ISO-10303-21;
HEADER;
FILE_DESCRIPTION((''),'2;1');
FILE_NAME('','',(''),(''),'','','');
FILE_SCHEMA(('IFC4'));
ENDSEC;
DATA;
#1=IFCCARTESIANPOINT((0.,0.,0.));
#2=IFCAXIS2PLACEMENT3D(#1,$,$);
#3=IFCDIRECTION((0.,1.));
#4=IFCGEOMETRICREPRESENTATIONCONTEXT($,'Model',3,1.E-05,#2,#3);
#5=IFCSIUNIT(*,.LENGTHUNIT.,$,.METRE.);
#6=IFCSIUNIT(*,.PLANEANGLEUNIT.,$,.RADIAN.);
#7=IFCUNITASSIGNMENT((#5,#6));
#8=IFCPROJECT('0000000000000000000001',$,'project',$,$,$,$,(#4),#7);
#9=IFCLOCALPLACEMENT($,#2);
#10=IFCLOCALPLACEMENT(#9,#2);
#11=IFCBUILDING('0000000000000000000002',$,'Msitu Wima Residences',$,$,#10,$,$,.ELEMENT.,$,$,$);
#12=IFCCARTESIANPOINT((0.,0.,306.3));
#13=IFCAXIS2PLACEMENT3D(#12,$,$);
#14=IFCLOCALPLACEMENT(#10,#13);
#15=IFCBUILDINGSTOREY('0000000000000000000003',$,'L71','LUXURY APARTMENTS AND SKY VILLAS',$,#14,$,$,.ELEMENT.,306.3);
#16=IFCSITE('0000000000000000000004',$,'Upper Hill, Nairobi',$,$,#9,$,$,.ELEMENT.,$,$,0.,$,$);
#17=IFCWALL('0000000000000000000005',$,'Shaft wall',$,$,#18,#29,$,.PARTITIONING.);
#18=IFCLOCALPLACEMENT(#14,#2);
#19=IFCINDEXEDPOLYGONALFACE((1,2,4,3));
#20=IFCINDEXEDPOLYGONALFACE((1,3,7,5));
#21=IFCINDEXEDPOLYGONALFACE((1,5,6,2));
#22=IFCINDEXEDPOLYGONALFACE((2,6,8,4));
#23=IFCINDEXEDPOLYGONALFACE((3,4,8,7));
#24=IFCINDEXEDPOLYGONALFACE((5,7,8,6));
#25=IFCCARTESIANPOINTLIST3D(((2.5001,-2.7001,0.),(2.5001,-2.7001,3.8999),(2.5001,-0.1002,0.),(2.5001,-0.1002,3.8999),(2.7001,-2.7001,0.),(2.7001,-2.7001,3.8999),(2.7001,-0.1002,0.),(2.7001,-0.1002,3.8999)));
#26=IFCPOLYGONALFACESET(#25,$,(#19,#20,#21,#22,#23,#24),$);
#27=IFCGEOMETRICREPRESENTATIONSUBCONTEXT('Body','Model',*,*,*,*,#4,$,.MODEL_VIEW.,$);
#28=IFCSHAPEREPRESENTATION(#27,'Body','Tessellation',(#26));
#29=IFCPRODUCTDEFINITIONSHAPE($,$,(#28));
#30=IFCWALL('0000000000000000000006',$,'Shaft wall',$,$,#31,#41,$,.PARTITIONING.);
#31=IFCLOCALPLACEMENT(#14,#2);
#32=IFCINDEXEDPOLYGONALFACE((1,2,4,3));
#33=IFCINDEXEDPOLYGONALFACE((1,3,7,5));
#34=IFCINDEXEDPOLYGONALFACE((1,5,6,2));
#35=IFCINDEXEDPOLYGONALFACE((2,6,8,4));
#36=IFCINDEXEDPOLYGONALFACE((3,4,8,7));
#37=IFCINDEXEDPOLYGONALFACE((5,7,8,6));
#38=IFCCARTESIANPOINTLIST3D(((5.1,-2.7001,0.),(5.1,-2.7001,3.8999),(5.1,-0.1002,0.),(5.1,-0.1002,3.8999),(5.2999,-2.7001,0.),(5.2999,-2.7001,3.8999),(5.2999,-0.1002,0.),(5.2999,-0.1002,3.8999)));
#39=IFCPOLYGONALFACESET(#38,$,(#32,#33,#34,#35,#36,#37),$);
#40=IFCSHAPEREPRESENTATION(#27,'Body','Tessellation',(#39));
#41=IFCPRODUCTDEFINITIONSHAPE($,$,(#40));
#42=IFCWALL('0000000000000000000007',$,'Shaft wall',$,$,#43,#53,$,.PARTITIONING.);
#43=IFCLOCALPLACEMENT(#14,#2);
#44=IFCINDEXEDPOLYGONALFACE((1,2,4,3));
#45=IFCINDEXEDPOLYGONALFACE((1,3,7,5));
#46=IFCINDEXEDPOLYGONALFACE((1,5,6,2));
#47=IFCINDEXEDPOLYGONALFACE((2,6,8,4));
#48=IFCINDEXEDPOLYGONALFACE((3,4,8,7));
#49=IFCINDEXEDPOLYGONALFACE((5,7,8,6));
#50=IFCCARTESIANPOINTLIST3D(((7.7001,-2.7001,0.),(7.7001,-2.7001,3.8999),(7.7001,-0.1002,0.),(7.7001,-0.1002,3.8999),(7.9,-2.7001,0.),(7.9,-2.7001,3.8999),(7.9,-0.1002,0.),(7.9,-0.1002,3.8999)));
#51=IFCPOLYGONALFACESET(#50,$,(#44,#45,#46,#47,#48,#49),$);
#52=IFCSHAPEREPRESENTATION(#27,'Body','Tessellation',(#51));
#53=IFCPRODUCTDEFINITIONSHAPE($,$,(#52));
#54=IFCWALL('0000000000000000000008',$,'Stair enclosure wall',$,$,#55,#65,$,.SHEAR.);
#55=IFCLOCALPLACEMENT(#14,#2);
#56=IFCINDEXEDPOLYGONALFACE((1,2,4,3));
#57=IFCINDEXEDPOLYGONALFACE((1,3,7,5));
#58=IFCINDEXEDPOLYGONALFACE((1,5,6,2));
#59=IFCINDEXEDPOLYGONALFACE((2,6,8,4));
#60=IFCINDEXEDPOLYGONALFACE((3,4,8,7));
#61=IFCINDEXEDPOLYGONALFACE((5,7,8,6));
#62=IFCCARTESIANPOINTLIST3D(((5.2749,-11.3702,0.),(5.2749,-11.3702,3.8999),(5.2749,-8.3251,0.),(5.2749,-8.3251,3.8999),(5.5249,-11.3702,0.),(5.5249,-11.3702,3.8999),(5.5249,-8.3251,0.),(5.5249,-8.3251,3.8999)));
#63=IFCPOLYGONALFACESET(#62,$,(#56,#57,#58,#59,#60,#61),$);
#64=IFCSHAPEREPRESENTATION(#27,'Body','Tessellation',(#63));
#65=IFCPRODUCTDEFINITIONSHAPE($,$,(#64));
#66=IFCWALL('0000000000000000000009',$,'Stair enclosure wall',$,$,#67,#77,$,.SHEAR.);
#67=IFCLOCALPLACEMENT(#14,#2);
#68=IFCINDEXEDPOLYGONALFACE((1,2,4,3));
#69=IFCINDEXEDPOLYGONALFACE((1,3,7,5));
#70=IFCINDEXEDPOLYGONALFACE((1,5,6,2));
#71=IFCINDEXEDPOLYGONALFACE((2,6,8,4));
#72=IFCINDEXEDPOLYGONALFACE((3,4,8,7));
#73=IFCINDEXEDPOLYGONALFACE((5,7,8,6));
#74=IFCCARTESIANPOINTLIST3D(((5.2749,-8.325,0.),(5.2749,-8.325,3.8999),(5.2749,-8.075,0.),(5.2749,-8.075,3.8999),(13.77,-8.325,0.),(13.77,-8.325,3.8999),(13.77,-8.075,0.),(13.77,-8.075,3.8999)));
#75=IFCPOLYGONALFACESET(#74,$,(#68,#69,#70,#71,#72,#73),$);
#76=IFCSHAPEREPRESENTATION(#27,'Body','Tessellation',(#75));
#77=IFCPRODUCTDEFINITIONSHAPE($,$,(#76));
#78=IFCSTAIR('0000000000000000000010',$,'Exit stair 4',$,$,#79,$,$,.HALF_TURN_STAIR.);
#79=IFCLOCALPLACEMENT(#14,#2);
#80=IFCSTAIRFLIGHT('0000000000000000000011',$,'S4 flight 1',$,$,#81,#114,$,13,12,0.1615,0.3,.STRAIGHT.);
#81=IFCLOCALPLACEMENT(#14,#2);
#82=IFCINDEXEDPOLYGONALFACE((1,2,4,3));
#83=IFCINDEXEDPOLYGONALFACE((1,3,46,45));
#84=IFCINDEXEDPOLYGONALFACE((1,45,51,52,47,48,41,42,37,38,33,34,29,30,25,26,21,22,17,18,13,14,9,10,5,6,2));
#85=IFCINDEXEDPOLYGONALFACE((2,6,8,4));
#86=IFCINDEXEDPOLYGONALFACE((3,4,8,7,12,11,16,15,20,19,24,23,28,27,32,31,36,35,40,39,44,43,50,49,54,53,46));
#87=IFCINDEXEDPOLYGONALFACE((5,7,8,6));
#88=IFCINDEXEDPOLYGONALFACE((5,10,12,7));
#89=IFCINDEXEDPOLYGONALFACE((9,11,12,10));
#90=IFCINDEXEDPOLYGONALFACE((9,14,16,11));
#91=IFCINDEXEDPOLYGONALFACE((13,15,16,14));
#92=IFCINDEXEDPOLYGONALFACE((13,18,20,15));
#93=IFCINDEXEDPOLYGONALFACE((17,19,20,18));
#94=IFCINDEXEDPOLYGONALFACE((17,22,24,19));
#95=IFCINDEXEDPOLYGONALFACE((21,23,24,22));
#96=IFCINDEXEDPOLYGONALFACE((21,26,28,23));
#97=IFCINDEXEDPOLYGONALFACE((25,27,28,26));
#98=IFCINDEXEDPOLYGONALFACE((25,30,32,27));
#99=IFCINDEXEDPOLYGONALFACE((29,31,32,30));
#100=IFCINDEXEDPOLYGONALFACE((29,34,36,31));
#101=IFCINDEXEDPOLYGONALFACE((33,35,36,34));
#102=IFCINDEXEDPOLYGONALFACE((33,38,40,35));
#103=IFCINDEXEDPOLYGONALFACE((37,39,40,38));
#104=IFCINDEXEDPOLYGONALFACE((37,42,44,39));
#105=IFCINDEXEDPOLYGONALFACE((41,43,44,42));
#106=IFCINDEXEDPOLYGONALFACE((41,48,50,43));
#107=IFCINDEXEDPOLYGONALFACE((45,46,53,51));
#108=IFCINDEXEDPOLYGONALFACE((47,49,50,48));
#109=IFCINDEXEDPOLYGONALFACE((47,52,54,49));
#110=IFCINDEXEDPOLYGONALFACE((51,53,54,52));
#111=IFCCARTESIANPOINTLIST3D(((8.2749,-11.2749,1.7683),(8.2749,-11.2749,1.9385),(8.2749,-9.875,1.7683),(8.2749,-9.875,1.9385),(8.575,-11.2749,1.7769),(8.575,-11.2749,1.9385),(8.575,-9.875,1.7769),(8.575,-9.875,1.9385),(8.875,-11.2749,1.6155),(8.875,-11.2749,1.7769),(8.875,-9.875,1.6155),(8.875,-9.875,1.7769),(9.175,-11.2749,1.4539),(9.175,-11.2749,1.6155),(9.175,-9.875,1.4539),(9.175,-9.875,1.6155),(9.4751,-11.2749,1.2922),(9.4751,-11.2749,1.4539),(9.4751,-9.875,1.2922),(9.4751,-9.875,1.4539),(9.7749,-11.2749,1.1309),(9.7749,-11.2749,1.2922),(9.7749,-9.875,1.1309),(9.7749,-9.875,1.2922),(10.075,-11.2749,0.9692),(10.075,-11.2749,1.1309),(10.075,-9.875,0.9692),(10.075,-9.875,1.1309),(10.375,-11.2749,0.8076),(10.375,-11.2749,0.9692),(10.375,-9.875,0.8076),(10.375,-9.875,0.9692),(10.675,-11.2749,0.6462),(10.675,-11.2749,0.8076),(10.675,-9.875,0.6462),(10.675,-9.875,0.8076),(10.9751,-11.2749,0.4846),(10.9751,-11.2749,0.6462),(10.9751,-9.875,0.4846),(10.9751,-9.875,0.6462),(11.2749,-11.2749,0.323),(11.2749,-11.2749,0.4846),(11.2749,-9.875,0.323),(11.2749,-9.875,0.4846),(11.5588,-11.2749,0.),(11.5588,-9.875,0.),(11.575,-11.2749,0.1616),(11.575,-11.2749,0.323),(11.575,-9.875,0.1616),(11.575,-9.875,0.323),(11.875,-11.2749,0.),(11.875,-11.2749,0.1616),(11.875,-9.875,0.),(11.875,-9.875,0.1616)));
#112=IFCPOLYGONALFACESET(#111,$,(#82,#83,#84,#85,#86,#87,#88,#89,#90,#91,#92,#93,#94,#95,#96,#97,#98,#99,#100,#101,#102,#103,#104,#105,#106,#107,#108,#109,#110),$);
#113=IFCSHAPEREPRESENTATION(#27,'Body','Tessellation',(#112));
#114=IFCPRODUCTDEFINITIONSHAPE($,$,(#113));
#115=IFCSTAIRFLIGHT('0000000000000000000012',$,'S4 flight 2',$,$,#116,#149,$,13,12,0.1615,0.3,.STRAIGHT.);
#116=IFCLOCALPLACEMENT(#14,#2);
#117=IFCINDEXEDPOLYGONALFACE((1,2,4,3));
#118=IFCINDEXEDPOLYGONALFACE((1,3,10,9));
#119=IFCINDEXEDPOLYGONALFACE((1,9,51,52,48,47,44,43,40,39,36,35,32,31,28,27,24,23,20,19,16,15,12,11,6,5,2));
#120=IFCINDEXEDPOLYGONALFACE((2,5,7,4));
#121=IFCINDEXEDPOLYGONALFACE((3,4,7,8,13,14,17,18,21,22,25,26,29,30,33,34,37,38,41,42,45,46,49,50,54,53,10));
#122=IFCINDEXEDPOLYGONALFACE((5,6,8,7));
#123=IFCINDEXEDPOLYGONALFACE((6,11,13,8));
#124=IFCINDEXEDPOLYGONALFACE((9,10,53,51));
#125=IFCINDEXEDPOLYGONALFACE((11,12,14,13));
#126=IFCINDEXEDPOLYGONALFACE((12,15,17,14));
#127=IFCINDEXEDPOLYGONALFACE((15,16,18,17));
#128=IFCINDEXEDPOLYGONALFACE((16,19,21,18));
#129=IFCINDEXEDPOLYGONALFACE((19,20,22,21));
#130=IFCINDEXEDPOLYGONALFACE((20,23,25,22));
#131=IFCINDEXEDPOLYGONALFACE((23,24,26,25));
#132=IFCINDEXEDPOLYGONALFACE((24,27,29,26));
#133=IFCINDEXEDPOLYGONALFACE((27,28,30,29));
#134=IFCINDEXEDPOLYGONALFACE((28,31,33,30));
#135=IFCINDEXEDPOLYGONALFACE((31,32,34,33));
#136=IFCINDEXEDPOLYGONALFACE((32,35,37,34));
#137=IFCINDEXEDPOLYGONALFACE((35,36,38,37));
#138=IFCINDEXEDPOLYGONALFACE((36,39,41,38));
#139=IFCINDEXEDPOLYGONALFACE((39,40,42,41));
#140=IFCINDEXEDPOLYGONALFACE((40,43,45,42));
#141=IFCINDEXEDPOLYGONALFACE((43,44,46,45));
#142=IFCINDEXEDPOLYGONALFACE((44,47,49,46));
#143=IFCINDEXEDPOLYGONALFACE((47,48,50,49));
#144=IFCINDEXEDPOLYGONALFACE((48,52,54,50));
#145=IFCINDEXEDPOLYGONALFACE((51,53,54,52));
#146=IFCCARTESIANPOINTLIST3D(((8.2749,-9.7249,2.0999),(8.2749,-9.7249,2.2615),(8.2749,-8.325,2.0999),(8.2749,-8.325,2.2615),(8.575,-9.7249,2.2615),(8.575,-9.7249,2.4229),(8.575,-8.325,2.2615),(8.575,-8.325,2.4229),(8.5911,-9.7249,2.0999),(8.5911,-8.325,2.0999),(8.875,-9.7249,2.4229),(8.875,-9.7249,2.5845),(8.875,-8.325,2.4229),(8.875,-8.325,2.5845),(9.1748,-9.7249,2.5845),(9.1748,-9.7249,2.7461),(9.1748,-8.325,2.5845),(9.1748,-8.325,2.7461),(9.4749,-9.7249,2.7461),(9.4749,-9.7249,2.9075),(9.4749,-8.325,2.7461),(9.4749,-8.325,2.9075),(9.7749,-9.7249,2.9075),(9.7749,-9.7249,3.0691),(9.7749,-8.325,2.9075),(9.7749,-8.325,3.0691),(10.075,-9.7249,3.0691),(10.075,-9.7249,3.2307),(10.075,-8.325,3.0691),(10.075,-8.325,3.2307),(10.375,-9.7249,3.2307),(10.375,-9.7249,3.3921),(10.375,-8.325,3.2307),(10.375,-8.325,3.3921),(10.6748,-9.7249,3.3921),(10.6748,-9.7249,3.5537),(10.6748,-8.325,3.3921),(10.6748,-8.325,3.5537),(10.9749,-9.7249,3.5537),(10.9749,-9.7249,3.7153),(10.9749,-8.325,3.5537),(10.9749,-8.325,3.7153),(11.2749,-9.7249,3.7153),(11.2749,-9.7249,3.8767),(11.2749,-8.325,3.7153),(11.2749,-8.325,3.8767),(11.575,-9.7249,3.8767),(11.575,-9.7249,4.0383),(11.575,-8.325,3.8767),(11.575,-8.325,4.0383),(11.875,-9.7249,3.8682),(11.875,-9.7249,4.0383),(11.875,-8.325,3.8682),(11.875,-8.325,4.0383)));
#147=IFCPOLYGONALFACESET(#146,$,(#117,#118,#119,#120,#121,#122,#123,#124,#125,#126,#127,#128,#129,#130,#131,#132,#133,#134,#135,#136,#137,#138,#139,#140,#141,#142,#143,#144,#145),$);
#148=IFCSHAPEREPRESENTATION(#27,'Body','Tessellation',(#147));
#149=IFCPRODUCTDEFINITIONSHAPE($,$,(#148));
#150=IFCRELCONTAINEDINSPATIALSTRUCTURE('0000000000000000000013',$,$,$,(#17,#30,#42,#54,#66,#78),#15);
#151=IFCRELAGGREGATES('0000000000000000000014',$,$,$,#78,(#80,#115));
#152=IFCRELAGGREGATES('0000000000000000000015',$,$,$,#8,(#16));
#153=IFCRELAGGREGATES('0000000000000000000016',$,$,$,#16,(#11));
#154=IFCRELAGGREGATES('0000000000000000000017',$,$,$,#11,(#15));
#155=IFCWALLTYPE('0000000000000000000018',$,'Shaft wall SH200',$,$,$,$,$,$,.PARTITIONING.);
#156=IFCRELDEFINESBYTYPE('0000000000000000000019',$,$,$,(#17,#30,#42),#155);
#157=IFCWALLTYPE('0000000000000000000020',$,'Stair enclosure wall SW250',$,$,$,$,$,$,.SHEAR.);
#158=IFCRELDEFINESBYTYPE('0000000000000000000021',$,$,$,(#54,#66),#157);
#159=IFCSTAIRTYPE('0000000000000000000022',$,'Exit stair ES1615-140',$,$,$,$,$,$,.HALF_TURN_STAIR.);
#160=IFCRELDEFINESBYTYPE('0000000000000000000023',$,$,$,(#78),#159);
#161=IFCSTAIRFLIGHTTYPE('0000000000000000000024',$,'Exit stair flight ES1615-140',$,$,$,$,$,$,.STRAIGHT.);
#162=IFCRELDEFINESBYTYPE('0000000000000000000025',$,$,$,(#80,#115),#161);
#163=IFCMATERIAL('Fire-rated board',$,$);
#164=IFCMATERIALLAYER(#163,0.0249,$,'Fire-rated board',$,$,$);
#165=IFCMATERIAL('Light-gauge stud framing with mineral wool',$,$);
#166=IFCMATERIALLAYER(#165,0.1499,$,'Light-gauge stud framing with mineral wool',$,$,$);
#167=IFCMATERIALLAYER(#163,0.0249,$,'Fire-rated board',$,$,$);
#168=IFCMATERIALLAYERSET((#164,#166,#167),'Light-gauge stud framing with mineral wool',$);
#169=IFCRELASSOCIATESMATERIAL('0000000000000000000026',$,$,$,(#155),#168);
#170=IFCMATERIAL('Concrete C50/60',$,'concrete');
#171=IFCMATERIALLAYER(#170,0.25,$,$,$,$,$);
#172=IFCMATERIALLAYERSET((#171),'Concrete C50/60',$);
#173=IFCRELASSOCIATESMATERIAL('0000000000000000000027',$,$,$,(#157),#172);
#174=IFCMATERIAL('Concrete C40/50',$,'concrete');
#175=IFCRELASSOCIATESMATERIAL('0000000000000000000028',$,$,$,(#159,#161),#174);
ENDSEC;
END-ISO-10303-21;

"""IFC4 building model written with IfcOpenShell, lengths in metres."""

from ifc_helpers import new_model, si_unit, direction, frame, frame_2d, origin, place, context, subcontext, project, spatial, polyline, rectangle, outline, extrude, material, layer, layer_set, type_object, element, aggregate, save


model = new_model("IFC4")

# Units and contexts
model_context = context("Model", 3, precision=1e-05, world=origin(), true_north=direction((0.0, 1.0)))
body_context = subcontext(model_context, "Body", "Model", "MODEL_VIEW")
ifc_project = project(units=[si_unit("LENGTHUNIT", "METRE"), si_unit("PLANEANGLEUNIT", "RADIAN")], contexts=[model_context])

# Site, building, storey
site_placement = place(None, origin())
site = spatial("IfcSite", under=ifc_project, at=site_placement, Name="Upper Hill, Nairobi", CompositionType="ELEMENT", RefElevation=0.0)
building_placement = place(site_placement, origin())
building = spatial("IfcBuilding", under=site, at=building_placement, Name="Msitu Wima Residences", CompositionType="ELEMENT")
storey_placement = place(building_placement, frame((0.0, 0.0, 306.3)))
storey = spatial("IfcBuildingStorey", under=building, at=storey_placement, Name="L71", Description="LUXURY APARTMENTS AND SKY VILLAS", CompositionType="ELEMENT", Elevation=306.3)

# Shared definitions
ifc_material_1 = material(Name="Concrete C40/50", Category="concrete")

# Walls
ifc_material_2 = material(Name="Fire-rated board")
ifc_layer_1 = layer(ifc_material_2, 0.0249, Name="Fire-rated board")
ifc_material_3 = material(Name="Light-gauge stud framing with mineral wool")
ifc_layer_2 = layer(ifc_material_3, 0.1499, Name="Light-gauge stud framing with mineral wool")
ifc_layer_3 = layer(ifc_material_2, 0.0249, Name="Fire-rated board")
ifc_layer_set_1 = layer_set([ifc_layer_1, ifc_layer_2, ifc_layer_3], Name="Light-gauge stud framing with mineral wool")
wall_type_1 = type_object("IfcWallType", Name="Shaft wall SH200", PredefinedType="PARTITIONING", material=ifc_layer_set_1)
for number, where, z_axis, x_axis, name in (
    (1, (2.6001, -2.7, 0.0), (0.0, 0.0, 1.0), (0.0, 1.0, 0.0), "Shaft wall"),
    (2, (5.2, -2.7, 0.0), (0.0, 0.0, 1.0), (0.0, 1.0, 0.0), "Shaft wall"),
    (3, (7.8, -2.7, 0.0), (0.0, 0.0, 1.0), (0.0, 1.0, 0.0), "Shaft wall"),
):
    element("IfcWall", number, at=place(storey_placement, frame(where, z_axis=z_axis, x_axis=x_axis)), inside=storey, type_object=wall_type_1, Name=name, PredefinedType="PARTITIONING", context=body_context, shape_type="SweptSolid", body=[
        extrude(rectangle(XDim=2.5999, YDim=0.2, at=frame_2d((1.2998, 0.0))), origin(), (0.0, 0.0, 1.0), 3.8999),
    ])
ifc_material_4 = material(Name="Concrete C50/60", Category="concrete")
ifc_layer_4 = layer(ifc_material_4, 0.25)
ifc_layer_set_2 = layer_set([ifc_layer_4], Name="Concrete C50/60")
wall_type_2 = type_object("IfcWallType", Name="Stair enclosure wall SW250", PredefinedType="SHEAR", material=ifc_layer_set_2)
wall_1_placement = place(storey_placement, frame((5.3999, -11.3701, 0.0), z_axis=(0.0, 0.0, 1.0), x_axis=(0.0, 1.0, 0.0)))
element("IfcWall", 4, at=wall_1_placement, inside=storey, type_object=wall_type_2, Name="Stair enclosure wall", PredefinedType="SHEAR", context=body_context, shape_type="SweptSolid", body=[
    extrude(rectangle(XDim=3.0452, YDim=0.25, at=frame_2d((1.5225, 0.0))), origin(), (0.0, 0.0, 1.0), 3.8999),
])
wall_2_placement = place(storey_placement, frame((5.2749, -8.2, 0.0), z_axis=(0.0, 0.0, 1.0), x_axis=(1.0, 0.0, 0.0)))
element("IfcWall", 5, at=wall_2_placement, inside=storey, type_object=wall_type_2, Name="Stair enclosure wall", PredefinedType="SHEAR", context=body_context, shape_type="SweptSolid", body=[
    extrude(rectangle(XDim=8.4951, YDim=0.25, at=frame_2d((4.2476, 0.0))), origin(), (0.0, 0.0, 1.0), 3.8999),
])

# Stair, stair flights
stair_type = type_object("IfcStairType", Name="Exit stair ES1615-140", PredefinedType="HALF_TURN_STAIR", material=ifc_material_1)
stair_placement = place(storey_placement, origin())
stair = element("IfcStair", 6, at=stair_placement, inside=storey, type_object=stair_type, Name="Exit stair 4", PredefinedType="HALF_TURN_STAIR")
stair_flight_type = type_object("IfcStairFlightType", Name="Exit stair flight ES1615-140", PredefinedType="STRAIGHT", material=ifc_material_1)
stair_flight_1_placement = place(storey_placement, frame((11.875, -10.575, 0.0), z_axis=(0.0, 0.0, 1.0), x_axis=(-1.0, 0.0, 0.0)))
stair_flight_1 = element("IfcStairFlight", 7, at=stair_flight_1_placement, type_object=stair_flight_type, Name="S4 flight 1", NumberOfRisers=13, NumberOfTreads=12, PredefinedType="STRAIGHT", RiserHeight=0.1615, TreadLength=0.3, context=body_context, shape_type="SweptSolid", body=[
    extrude(outline(polyline([(0.0, 0.0), (0.0, 0.1616), (0.3, 0.1616), (0.3, 0.323), (0.6001, 0.323), (0.6001, 0.4846), (0.8999, 0.4846), (0.8999, 0.6462), (1.2, 0.6462), (1.2, 0.8076), (1.5, 0.8076), (1.5, 0.9692), (1.8, 0.9692), (1.8, 1.1309), (2.1001, 1.1309), (2.1001, 1.2922), (2.3999, 1.2922), (2.3999, 1.4539), (2.7, 1.4539), (2.7, 1.6155), (3.0, 1.6155), (3.0, 1.7769), (3.3, 1.7769), (3.3, 1.9385), (3.6001, 1.9385), (3.6001, 2.1001), (3.6001, 1.7683), (0.3162, 0.0), (0.0, 0.0)])), frame((0.0, 0.7, 0.0), z_axis=(0.0, -1.0, 0.0), x_axis=(1.0, 0.0, 0.0)), (0.0, 0.0, 1.0), 1.3999),
])
stair_flight_2_placement = place(storey_placement, frame((8.2749, -9.0249, 2.0999), z_axis=(0.0, 0.0, 1.0), x_axis=(1.0, 0.0, 0.0)))
stair_flight_2 = element("IfcStairFlight", 8, at=stair_flight_2_placement, type_object=stair_flight_type, Name="S4 flight 2", NumberOfRisers=13, NumberOfTreads=12, PredefinedType="STRAIGHT", RiserHeight=0.1615, TreadLength=0.3, context=body_context, shape_type="SweptSolid", body=[
    extrude(outline(polyline([(0.0, 0.0), (0.0, 0.1616), (0.3, 0.1616), (0.3, 0.323), (0.6001, 0.323), (0.6001, 0.4846), (0.8999, 0.4846), (0.8999, 0.6462), (1.2, 0.6462), (1.2, 0.8076), (1.5, 0.8076), (1.5, 0.9692), (1.8, 0.9692), (1.8, 1.1309), (2.1001, 1.1309), (2.1001, 1.2922), (2.3999, 1.2922), (2.3999, 1.4539), (2.7, 1.4539), (2.7, 1.6155), (3.0, 1.6155), (3.0, 1.7769), (3.3, 1.7769), (3.3, 1.9385), (3.6001, 1.9385), (3.6001, 2.1001), (3.6001, 1.7683), (0.3162, 0.0), (0.0, 0.0)])), frame((0.0, 0.7, 0.0), z_axis=(0.0, -1.0, 0.0), x_axis=(1.0, 0.0, 0.0)), (0.0, 0.0, 1.0), 1.3999),
])
aggregate(stair, [stair_flight_1, stair_flight_2])

save(model, "model.ifc")
